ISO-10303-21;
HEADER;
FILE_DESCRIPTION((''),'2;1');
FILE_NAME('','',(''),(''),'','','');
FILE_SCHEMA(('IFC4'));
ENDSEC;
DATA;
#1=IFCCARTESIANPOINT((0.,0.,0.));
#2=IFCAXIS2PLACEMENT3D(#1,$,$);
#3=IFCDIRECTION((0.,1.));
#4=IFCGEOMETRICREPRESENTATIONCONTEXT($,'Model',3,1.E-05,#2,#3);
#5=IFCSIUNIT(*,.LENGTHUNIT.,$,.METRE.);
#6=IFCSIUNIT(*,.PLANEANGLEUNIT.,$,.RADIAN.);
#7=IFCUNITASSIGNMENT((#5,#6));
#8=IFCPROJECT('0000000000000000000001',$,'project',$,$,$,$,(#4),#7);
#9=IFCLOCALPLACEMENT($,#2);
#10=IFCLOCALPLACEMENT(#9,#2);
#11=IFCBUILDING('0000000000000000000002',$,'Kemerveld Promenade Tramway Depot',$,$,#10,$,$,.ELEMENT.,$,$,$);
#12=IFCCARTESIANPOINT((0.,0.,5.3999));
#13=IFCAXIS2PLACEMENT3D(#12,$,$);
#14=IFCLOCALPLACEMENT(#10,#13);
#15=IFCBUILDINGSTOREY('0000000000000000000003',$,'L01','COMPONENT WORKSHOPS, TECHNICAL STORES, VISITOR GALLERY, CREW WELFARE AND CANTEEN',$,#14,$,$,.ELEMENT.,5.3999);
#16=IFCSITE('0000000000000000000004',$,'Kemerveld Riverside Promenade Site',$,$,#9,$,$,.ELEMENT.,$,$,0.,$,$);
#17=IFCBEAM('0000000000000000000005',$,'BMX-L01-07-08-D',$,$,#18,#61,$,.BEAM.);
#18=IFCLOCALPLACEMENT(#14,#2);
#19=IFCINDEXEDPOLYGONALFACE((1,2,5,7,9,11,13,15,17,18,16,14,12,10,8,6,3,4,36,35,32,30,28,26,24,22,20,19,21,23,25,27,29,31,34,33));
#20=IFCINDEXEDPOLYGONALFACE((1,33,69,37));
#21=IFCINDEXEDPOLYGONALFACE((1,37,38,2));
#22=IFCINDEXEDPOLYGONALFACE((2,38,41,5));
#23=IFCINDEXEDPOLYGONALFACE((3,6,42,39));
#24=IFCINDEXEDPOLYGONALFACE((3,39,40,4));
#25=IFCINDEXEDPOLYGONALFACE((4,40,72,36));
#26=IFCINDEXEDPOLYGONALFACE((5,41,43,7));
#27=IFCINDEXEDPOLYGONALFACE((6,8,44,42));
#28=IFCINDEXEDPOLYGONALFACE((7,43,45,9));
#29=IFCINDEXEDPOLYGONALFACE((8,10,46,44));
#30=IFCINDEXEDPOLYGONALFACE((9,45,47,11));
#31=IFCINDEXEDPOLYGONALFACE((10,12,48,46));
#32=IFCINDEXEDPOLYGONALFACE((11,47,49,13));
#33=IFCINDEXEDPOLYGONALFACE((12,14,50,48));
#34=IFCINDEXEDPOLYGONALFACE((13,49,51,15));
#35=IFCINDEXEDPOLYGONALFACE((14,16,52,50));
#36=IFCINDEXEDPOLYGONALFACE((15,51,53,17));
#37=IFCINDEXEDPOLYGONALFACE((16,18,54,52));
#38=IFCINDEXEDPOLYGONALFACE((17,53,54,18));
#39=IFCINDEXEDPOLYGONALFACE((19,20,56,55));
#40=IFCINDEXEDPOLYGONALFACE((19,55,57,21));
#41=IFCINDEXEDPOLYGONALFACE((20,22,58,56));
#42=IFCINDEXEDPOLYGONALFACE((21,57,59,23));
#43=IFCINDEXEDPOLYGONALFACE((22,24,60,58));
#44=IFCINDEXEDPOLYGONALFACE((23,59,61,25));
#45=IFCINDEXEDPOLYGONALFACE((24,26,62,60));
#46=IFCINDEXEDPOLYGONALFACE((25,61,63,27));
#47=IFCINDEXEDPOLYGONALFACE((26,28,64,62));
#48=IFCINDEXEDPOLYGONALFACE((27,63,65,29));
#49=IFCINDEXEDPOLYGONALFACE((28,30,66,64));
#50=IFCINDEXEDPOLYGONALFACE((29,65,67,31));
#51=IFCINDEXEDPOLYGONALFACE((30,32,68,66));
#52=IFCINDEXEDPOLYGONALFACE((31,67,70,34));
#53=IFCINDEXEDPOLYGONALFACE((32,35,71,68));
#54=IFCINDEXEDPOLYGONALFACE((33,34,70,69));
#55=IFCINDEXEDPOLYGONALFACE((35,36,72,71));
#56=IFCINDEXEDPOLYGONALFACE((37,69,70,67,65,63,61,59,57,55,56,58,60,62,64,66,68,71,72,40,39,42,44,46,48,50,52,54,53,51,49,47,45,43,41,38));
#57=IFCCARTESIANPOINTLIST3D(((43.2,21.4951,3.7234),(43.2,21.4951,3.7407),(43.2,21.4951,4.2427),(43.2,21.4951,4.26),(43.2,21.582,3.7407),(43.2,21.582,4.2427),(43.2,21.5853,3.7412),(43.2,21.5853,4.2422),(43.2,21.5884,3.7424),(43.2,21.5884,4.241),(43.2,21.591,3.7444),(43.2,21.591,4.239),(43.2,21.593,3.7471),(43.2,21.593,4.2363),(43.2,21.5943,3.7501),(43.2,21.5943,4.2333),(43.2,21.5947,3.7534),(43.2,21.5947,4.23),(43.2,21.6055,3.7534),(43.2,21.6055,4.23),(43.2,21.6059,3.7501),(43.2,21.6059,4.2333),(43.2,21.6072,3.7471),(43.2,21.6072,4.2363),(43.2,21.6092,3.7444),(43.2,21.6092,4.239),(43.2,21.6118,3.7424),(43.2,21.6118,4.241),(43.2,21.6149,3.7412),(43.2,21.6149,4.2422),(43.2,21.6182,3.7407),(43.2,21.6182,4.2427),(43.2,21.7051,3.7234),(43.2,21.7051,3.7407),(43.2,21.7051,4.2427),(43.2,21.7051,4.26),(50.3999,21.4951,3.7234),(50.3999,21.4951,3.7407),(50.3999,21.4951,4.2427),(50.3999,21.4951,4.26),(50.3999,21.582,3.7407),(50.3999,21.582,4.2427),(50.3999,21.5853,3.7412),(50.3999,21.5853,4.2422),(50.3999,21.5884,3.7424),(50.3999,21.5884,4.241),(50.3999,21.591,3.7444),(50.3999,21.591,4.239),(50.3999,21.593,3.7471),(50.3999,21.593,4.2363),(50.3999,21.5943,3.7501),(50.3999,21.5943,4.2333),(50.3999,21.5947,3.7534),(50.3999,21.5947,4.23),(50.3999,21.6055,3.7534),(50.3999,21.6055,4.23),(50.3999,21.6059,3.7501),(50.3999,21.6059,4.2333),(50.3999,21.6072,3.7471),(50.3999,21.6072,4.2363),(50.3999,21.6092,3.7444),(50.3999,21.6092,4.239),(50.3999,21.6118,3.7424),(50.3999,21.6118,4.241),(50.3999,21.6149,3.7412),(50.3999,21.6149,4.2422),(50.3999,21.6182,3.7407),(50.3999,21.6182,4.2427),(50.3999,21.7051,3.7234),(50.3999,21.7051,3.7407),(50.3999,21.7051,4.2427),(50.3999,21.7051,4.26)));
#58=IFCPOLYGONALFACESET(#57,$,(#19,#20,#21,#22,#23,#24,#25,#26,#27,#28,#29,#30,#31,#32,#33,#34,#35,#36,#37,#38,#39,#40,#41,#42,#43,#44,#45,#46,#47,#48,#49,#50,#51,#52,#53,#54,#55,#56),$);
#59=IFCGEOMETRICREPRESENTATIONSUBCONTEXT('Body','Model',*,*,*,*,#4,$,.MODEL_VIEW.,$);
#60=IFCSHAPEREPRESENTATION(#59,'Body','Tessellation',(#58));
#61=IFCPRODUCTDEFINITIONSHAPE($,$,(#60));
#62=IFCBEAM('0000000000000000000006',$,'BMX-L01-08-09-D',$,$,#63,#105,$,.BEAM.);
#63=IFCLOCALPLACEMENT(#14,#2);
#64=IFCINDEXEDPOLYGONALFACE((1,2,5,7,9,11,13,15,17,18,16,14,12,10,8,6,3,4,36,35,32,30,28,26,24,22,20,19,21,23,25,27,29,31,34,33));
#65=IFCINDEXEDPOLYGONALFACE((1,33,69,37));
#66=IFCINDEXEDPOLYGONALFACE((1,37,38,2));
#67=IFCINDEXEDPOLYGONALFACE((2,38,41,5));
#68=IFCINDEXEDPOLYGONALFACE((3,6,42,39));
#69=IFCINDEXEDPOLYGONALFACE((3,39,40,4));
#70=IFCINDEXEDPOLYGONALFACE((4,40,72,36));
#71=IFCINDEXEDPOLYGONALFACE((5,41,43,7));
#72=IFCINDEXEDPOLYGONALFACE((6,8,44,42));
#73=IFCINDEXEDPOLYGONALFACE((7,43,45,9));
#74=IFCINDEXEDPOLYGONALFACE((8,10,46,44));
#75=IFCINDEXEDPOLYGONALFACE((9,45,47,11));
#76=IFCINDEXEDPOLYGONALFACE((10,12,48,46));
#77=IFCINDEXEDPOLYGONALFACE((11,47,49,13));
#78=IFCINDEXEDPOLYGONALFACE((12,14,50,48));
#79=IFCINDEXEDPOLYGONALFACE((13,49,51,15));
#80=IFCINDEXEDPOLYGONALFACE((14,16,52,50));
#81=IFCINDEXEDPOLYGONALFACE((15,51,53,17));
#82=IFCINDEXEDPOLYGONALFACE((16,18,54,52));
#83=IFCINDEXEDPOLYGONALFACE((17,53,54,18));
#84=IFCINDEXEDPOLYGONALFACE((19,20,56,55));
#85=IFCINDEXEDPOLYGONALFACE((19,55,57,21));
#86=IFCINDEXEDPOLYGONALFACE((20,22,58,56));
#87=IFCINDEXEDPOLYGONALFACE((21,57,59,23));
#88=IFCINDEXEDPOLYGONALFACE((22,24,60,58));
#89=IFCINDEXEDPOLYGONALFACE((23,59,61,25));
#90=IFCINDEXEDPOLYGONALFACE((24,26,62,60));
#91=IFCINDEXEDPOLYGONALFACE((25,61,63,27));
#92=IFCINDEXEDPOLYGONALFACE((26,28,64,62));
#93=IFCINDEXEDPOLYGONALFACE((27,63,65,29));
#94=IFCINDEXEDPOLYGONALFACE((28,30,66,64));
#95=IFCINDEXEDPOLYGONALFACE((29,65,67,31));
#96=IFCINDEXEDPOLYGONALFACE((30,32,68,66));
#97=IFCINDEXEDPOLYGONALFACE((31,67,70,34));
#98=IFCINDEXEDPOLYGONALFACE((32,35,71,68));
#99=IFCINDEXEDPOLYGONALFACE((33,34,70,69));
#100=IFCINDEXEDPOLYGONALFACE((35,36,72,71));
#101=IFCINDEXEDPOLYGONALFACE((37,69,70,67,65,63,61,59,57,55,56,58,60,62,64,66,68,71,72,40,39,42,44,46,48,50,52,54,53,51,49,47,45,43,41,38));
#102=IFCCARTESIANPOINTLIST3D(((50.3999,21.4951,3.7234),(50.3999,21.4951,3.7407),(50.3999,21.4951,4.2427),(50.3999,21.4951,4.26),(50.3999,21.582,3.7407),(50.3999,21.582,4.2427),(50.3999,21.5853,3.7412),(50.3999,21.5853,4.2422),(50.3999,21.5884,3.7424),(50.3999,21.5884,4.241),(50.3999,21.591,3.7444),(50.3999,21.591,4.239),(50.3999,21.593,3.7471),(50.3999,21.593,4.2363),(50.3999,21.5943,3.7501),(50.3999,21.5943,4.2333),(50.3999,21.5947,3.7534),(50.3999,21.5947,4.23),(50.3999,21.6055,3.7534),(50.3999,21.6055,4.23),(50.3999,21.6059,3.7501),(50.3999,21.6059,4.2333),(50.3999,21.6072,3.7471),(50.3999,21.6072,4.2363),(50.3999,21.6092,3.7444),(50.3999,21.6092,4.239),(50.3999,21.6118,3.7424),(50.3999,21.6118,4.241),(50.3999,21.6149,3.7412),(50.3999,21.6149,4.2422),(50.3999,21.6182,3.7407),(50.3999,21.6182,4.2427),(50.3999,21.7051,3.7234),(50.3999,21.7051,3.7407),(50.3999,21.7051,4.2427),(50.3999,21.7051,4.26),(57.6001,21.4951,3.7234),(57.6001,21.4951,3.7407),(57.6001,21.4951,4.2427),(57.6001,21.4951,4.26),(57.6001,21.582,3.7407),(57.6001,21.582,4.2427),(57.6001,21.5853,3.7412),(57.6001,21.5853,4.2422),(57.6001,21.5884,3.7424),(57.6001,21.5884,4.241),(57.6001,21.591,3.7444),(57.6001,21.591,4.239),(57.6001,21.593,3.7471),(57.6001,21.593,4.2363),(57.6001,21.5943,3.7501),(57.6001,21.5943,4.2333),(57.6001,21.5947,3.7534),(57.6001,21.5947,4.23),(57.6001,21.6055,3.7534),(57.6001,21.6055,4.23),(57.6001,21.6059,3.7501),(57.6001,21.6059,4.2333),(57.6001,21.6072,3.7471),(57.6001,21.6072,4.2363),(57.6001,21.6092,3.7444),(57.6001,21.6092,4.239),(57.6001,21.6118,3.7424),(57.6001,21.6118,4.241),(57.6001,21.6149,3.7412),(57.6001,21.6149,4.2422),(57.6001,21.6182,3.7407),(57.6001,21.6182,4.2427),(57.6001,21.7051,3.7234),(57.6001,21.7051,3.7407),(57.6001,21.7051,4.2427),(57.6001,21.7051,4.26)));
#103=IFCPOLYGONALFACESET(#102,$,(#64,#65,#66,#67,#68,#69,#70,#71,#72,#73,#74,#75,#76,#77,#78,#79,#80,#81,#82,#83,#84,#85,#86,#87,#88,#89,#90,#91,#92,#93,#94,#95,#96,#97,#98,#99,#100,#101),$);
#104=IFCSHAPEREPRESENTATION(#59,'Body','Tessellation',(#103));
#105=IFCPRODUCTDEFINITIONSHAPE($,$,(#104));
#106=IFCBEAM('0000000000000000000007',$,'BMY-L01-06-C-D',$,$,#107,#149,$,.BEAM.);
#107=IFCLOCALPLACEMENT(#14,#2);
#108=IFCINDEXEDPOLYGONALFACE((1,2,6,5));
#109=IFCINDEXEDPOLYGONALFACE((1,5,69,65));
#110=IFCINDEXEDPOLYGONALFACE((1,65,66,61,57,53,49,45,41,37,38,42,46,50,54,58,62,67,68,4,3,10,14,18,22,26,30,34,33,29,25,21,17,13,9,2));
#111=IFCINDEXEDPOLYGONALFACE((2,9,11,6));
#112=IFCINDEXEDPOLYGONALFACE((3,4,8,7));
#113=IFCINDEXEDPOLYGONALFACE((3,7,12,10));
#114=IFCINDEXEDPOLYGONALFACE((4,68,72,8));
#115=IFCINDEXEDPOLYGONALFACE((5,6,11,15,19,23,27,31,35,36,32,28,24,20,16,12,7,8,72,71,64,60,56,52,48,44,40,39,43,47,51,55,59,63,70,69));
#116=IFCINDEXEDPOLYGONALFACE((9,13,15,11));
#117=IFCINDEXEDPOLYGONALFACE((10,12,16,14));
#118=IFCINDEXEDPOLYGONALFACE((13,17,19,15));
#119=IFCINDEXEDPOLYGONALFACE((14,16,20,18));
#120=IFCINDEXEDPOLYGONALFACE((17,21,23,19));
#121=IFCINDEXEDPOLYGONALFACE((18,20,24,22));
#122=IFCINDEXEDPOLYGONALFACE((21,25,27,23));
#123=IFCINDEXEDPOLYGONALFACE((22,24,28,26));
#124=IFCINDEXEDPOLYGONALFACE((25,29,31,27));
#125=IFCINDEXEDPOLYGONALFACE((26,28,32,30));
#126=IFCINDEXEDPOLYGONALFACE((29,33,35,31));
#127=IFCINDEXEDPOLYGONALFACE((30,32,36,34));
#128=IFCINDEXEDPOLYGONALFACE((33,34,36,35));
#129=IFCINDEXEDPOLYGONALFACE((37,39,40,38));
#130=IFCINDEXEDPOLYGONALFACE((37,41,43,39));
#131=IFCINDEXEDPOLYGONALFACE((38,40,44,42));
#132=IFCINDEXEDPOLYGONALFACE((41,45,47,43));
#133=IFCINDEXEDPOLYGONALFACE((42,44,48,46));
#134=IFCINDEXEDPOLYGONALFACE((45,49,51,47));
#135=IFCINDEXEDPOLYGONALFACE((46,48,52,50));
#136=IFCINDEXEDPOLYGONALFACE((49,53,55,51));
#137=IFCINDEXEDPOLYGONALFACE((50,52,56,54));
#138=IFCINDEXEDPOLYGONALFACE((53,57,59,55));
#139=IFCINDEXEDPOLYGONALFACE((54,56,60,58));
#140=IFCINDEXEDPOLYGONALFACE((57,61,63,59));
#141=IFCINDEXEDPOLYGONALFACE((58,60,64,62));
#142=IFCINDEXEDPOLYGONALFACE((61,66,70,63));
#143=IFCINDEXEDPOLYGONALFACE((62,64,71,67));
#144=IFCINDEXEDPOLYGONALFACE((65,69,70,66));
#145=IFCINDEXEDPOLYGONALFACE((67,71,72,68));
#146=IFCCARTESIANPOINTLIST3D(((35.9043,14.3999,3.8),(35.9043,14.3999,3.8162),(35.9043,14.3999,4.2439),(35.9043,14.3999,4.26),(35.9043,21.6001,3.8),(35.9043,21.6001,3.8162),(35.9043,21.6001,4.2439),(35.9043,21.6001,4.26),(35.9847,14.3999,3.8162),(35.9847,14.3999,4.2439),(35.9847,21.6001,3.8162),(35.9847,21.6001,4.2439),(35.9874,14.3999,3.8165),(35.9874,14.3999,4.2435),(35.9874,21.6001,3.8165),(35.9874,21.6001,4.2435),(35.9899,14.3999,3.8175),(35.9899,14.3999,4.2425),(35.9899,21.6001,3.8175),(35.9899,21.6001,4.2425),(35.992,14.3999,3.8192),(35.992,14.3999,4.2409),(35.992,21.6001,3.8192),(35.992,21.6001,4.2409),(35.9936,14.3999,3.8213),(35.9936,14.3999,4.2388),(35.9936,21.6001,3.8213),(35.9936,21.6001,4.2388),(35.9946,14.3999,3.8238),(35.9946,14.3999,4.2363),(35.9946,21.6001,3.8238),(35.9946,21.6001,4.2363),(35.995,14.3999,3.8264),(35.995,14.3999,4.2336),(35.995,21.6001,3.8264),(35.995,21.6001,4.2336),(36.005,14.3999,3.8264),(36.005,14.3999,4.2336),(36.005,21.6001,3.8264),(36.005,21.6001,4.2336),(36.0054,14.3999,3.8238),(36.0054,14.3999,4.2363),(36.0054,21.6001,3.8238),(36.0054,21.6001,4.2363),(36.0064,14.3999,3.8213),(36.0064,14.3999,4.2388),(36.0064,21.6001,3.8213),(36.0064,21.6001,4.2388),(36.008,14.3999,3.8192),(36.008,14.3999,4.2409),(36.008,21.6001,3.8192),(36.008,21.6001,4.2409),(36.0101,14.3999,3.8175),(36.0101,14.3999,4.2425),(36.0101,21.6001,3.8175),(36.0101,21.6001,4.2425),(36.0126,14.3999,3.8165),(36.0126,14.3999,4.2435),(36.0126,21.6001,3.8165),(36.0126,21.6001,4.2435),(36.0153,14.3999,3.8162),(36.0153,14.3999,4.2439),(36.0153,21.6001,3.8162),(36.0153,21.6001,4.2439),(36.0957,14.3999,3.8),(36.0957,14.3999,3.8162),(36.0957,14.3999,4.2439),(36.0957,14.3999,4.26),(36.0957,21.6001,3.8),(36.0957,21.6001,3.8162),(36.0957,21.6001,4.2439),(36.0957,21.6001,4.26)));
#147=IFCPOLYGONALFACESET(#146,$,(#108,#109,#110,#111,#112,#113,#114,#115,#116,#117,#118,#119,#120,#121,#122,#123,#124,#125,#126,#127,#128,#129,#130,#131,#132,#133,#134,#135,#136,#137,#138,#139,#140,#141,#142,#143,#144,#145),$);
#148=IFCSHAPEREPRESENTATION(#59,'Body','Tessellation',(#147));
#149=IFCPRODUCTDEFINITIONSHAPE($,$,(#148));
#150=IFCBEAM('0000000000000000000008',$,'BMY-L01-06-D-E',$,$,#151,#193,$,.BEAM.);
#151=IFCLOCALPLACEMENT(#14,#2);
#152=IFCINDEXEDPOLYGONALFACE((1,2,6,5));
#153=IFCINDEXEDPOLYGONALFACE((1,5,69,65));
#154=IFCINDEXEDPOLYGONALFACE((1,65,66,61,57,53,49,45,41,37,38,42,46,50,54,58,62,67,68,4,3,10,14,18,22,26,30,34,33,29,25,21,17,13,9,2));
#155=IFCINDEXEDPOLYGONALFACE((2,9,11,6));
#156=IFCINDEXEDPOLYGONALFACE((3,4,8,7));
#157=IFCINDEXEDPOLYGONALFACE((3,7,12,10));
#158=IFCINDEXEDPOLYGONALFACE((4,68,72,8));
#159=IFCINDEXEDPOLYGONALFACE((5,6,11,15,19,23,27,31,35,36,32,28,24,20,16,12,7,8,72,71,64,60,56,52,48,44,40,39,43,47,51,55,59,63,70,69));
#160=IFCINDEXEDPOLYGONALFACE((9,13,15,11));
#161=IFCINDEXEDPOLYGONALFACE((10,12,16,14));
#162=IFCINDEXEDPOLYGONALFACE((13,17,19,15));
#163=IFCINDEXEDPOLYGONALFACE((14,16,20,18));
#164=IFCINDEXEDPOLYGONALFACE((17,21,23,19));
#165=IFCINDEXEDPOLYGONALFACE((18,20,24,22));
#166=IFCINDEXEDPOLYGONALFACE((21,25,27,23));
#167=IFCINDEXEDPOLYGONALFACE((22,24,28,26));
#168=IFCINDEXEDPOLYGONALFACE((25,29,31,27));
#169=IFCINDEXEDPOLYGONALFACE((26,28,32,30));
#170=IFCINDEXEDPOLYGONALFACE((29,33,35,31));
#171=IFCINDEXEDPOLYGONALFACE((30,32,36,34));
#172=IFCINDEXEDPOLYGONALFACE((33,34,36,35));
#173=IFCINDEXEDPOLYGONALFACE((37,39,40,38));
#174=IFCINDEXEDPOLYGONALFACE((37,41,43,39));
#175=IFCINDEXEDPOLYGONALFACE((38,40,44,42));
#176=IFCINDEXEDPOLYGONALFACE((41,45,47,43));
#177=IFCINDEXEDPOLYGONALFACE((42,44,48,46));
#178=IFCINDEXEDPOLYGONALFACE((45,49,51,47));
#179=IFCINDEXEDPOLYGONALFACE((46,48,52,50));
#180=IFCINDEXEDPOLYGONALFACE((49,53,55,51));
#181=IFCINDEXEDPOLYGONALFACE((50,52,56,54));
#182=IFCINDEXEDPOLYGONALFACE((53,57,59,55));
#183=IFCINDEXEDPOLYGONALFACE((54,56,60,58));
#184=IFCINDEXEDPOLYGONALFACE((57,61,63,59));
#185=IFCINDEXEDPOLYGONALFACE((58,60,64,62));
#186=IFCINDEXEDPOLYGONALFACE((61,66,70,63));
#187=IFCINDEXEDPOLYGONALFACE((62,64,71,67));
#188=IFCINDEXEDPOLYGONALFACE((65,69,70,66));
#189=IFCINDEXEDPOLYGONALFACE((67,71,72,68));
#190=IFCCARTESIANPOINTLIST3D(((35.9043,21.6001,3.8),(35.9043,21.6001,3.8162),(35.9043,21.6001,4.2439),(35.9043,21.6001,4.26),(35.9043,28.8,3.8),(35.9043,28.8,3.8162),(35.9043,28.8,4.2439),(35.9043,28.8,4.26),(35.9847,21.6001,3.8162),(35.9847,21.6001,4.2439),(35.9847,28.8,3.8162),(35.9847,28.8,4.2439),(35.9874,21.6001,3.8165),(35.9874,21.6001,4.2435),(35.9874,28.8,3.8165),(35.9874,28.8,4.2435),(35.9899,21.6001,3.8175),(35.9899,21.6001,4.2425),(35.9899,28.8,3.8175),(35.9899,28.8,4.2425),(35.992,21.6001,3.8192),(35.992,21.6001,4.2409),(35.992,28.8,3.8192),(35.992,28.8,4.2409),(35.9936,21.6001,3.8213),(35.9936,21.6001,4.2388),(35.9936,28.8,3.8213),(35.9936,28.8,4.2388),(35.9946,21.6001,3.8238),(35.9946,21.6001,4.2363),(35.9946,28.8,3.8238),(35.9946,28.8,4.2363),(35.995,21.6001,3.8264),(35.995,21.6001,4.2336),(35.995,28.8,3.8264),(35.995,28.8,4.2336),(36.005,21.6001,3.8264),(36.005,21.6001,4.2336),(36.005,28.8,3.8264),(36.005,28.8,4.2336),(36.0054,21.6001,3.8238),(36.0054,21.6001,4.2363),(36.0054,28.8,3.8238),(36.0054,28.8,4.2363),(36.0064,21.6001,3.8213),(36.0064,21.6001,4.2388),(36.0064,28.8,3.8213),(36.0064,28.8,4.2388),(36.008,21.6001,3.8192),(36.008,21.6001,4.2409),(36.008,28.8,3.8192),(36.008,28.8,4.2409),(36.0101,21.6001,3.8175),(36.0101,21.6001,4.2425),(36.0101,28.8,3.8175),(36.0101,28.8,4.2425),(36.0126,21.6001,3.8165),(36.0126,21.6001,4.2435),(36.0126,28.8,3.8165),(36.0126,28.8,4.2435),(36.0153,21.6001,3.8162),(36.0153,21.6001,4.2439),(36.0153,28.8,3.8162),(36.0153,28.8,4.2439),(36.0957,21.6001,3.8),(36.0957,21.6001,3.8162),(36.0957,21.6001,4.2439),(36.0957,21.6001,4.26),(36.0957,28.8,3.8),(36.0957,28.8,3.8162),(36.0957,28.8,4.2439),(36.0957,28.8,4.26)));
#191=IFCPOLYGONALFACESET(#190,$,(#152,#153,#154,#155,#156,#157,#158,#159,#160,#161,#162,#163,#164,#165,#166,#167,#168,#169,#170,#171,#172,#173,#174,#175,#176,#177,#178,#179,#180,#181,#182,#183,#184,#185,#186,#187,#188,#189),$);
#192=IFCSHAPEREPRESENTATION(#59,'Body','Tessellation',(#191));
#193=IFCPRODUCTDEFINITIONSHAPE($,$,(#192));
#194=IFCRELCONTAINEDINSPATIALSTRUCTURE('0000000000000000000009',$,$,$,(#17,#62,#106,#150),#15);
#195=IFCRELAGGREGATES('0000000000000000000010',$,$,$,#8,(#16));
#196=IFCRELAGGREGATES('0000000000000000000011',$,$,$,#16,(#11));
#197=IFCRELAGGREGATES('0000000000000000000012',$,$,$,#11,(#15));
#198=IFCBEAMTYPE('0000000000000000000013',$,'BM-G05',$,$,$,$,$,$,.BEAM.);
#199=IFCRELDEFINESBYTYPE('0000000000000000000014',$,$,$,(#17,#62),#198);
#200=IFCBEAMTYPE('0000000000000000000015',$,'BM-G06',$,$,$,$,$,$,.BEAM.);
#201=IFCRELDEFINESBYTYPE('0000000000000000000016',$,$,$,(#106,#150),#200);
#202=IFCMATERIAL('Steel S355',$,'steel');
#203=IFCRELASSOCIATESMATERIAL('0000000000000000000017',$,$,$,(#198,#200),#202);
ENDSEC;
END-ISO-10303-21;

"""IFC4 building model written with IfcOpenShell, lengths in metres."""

from ifc_helpers import new_model, si_unit, direction, frame, origin, origin_2d, place, context, subcontext, project, spatial, i_section, extrude, material, material_profile, profile_set, type_object, element, save


model = new_model("IFC4")

# Units and contexts
model_context = context("Model", 3, precision=1e-05, world=origin(), true_north=direction((0.0, 1.0)))
body_context = subcontext(model_context, "Body", "Model", "MODEL_VIEW")
ifc_project = project(units=[si_unit("LENGTHUNIT", "METRE"), si_unit("PLANEANGLEUNIT", "RADIAN")], contexts=[model_context])

# Site, building, storey
site_placement = place(None, origin())
site = spatial("IfcSite", under=ifc_project, at=site_placement, Name="Kemerveld Riverside Promenade Site", CompositionType="ELEMENT", RefElevation=0.0)
building_placement = place(site_placement, origin())
building = spatial("IfcBuilding", under=site, at=building_placement, Name="Kemerveld Promenade Tramway Depot", CompositionType="ELEMENT")
storey_placement = place(building_placement, frame((0.0, 0.0, 5.3999)))
storey = spatial("IfcBuildingStorey", under=building, at=storey_placement, Name="L01", Description="COMPONENT WORKSHOPS, TECHNICAL STORES, VISITOR GALLERY, CREW WELFARE AND CANTEEN", CompositionType="ELEMENT", Elevation=5.3999)

# Shared definitions
ifc_material = material(Name="Steel S355", Category="steel")

# Beams
ifc_material_profile_1 = material_profile(ifc_material, i_section(OverallWidth=0.21, OverallDepth=0.5366, WebThickness=0.0107, FlangeThickness=0.0173, FilletRadius=0.0127, at=origin_2d()), Name="533x210x101 UB")
ifc_profile_set_1 = profile_set([ifc_material_profile_1], Name="Steel S355")
beam_type_1 = type_object("IfcBeamType", Name="BM-G05", PredefinedType="BEAM", material=ifc_profile_set_1)
beam_1_placement = place(storey_placement, frame((43.2, 21.6001, 3.9917), z_axis=(1.0, 0.0, 0.0), x_axis=(0.0, 1.0, 0.0)))
element("IfcBeam", 1, at=beam_1_placement, inside=storey, type_object=beam_type_1, Name="BMX-L01-07-08-D", PredefinedType="BEAM", context=body_context, shape_type="SweptSolid", body=[
    extrude(i_section(OverallWidth=0.21, OverallDepth=0.5366, WebThickness=0.0107, FlangeThickness=0.0173, FilletRadius=0.0127, at=origin_2d()), origin(), (0.0, 0.0, 1.0), 7.2),
])
beam_2_placement = place(storey_placement, frame((50.3999, 21.6001, 3.9917), z_axis=(1.0, 0.0, 0.0), x_axis=(0.0, 1.0, 0.0)))
element("IfcBeam", 2, at=beam_2_placement, inside=storey, type_object=beam_type_1, Name="BMX-L01-08-09-D", PredefinedType="BEAM", context=body_context, shape_type="SweptSolid", body=[
    extrude(i_section(OverallWidth=0.21, OverallDepth=0.5366, WebThickness=0.0107, FlangeThickness=0.0173, FilletRadius=0.0127, at=origin_2d()), origin(), (0.0, 0.0, 1.0), 7.2002),
])
ifc_material_profile_2 = material_profile(ifc_material, i_section(OverallWidth=0.1914, OverallDepth=0.46, WebThickness=0.01, FlangeThickness=0.0161, FilletRadius=0.0103, at=origin_2d()), Name="457x191x82 UB")
ifc_profile_set_2 = profile_set([ifc_material_profile_2], Name="Steel S355")
beam_type_2 = type_object("IfcBeamType", Name="BM-G06", PredefinedType="BEAM", material=ifc_profile_set_2)
beam_3_placement = place(storey_placement, frame((36.0, 14.3999, 4.03), z_axis=(0.0, 1.0, 0.0), x_axis=(-1.0, 0.0, 0.0)))
element("IfcBeam", 3, at=beam_3_placement, inside=storey, type_object=beam_type_2, Name="BMY-L01-06-C-D", PredefinedType="BEAM", context=body_context, shape_type="SweptSolid", body=[
    extrude(i_section(OverallWidth=0.1914, OverallDepth=0.46, WebThickness=0.01, FlangeThickness=0.0161, FilletRadius=0.0103, at=origin_2d()), origin(), (0.0, 0.0, 1.0), 7.2002),
])
beam_4_placement = place(storey_placement, frame((36.0, 21.6001, 4.03), z_axis=(0.0, 1.0, 0.0), x_axis=(-1.0, 0.0, 0.0)))
element("IfcBeam", 4, at=beam_4_placement, inside=storey, type_object=beam_type_2, Name="BMY-L01-06-D-E", PredefinedType="BEAM", context=body_context, shape_type="SweptSolid", body=[
    extrude(i_section(OverallWidth=0.1914, OverallDepth=0.46, WebThickness=0.01, FlangeThickness=0.0161, FilletRadius=0.0103, at=origin_2d()), origin(), (0.0, 0.0, 1.0), 7.2),
])

save(model, "model.ifc")
